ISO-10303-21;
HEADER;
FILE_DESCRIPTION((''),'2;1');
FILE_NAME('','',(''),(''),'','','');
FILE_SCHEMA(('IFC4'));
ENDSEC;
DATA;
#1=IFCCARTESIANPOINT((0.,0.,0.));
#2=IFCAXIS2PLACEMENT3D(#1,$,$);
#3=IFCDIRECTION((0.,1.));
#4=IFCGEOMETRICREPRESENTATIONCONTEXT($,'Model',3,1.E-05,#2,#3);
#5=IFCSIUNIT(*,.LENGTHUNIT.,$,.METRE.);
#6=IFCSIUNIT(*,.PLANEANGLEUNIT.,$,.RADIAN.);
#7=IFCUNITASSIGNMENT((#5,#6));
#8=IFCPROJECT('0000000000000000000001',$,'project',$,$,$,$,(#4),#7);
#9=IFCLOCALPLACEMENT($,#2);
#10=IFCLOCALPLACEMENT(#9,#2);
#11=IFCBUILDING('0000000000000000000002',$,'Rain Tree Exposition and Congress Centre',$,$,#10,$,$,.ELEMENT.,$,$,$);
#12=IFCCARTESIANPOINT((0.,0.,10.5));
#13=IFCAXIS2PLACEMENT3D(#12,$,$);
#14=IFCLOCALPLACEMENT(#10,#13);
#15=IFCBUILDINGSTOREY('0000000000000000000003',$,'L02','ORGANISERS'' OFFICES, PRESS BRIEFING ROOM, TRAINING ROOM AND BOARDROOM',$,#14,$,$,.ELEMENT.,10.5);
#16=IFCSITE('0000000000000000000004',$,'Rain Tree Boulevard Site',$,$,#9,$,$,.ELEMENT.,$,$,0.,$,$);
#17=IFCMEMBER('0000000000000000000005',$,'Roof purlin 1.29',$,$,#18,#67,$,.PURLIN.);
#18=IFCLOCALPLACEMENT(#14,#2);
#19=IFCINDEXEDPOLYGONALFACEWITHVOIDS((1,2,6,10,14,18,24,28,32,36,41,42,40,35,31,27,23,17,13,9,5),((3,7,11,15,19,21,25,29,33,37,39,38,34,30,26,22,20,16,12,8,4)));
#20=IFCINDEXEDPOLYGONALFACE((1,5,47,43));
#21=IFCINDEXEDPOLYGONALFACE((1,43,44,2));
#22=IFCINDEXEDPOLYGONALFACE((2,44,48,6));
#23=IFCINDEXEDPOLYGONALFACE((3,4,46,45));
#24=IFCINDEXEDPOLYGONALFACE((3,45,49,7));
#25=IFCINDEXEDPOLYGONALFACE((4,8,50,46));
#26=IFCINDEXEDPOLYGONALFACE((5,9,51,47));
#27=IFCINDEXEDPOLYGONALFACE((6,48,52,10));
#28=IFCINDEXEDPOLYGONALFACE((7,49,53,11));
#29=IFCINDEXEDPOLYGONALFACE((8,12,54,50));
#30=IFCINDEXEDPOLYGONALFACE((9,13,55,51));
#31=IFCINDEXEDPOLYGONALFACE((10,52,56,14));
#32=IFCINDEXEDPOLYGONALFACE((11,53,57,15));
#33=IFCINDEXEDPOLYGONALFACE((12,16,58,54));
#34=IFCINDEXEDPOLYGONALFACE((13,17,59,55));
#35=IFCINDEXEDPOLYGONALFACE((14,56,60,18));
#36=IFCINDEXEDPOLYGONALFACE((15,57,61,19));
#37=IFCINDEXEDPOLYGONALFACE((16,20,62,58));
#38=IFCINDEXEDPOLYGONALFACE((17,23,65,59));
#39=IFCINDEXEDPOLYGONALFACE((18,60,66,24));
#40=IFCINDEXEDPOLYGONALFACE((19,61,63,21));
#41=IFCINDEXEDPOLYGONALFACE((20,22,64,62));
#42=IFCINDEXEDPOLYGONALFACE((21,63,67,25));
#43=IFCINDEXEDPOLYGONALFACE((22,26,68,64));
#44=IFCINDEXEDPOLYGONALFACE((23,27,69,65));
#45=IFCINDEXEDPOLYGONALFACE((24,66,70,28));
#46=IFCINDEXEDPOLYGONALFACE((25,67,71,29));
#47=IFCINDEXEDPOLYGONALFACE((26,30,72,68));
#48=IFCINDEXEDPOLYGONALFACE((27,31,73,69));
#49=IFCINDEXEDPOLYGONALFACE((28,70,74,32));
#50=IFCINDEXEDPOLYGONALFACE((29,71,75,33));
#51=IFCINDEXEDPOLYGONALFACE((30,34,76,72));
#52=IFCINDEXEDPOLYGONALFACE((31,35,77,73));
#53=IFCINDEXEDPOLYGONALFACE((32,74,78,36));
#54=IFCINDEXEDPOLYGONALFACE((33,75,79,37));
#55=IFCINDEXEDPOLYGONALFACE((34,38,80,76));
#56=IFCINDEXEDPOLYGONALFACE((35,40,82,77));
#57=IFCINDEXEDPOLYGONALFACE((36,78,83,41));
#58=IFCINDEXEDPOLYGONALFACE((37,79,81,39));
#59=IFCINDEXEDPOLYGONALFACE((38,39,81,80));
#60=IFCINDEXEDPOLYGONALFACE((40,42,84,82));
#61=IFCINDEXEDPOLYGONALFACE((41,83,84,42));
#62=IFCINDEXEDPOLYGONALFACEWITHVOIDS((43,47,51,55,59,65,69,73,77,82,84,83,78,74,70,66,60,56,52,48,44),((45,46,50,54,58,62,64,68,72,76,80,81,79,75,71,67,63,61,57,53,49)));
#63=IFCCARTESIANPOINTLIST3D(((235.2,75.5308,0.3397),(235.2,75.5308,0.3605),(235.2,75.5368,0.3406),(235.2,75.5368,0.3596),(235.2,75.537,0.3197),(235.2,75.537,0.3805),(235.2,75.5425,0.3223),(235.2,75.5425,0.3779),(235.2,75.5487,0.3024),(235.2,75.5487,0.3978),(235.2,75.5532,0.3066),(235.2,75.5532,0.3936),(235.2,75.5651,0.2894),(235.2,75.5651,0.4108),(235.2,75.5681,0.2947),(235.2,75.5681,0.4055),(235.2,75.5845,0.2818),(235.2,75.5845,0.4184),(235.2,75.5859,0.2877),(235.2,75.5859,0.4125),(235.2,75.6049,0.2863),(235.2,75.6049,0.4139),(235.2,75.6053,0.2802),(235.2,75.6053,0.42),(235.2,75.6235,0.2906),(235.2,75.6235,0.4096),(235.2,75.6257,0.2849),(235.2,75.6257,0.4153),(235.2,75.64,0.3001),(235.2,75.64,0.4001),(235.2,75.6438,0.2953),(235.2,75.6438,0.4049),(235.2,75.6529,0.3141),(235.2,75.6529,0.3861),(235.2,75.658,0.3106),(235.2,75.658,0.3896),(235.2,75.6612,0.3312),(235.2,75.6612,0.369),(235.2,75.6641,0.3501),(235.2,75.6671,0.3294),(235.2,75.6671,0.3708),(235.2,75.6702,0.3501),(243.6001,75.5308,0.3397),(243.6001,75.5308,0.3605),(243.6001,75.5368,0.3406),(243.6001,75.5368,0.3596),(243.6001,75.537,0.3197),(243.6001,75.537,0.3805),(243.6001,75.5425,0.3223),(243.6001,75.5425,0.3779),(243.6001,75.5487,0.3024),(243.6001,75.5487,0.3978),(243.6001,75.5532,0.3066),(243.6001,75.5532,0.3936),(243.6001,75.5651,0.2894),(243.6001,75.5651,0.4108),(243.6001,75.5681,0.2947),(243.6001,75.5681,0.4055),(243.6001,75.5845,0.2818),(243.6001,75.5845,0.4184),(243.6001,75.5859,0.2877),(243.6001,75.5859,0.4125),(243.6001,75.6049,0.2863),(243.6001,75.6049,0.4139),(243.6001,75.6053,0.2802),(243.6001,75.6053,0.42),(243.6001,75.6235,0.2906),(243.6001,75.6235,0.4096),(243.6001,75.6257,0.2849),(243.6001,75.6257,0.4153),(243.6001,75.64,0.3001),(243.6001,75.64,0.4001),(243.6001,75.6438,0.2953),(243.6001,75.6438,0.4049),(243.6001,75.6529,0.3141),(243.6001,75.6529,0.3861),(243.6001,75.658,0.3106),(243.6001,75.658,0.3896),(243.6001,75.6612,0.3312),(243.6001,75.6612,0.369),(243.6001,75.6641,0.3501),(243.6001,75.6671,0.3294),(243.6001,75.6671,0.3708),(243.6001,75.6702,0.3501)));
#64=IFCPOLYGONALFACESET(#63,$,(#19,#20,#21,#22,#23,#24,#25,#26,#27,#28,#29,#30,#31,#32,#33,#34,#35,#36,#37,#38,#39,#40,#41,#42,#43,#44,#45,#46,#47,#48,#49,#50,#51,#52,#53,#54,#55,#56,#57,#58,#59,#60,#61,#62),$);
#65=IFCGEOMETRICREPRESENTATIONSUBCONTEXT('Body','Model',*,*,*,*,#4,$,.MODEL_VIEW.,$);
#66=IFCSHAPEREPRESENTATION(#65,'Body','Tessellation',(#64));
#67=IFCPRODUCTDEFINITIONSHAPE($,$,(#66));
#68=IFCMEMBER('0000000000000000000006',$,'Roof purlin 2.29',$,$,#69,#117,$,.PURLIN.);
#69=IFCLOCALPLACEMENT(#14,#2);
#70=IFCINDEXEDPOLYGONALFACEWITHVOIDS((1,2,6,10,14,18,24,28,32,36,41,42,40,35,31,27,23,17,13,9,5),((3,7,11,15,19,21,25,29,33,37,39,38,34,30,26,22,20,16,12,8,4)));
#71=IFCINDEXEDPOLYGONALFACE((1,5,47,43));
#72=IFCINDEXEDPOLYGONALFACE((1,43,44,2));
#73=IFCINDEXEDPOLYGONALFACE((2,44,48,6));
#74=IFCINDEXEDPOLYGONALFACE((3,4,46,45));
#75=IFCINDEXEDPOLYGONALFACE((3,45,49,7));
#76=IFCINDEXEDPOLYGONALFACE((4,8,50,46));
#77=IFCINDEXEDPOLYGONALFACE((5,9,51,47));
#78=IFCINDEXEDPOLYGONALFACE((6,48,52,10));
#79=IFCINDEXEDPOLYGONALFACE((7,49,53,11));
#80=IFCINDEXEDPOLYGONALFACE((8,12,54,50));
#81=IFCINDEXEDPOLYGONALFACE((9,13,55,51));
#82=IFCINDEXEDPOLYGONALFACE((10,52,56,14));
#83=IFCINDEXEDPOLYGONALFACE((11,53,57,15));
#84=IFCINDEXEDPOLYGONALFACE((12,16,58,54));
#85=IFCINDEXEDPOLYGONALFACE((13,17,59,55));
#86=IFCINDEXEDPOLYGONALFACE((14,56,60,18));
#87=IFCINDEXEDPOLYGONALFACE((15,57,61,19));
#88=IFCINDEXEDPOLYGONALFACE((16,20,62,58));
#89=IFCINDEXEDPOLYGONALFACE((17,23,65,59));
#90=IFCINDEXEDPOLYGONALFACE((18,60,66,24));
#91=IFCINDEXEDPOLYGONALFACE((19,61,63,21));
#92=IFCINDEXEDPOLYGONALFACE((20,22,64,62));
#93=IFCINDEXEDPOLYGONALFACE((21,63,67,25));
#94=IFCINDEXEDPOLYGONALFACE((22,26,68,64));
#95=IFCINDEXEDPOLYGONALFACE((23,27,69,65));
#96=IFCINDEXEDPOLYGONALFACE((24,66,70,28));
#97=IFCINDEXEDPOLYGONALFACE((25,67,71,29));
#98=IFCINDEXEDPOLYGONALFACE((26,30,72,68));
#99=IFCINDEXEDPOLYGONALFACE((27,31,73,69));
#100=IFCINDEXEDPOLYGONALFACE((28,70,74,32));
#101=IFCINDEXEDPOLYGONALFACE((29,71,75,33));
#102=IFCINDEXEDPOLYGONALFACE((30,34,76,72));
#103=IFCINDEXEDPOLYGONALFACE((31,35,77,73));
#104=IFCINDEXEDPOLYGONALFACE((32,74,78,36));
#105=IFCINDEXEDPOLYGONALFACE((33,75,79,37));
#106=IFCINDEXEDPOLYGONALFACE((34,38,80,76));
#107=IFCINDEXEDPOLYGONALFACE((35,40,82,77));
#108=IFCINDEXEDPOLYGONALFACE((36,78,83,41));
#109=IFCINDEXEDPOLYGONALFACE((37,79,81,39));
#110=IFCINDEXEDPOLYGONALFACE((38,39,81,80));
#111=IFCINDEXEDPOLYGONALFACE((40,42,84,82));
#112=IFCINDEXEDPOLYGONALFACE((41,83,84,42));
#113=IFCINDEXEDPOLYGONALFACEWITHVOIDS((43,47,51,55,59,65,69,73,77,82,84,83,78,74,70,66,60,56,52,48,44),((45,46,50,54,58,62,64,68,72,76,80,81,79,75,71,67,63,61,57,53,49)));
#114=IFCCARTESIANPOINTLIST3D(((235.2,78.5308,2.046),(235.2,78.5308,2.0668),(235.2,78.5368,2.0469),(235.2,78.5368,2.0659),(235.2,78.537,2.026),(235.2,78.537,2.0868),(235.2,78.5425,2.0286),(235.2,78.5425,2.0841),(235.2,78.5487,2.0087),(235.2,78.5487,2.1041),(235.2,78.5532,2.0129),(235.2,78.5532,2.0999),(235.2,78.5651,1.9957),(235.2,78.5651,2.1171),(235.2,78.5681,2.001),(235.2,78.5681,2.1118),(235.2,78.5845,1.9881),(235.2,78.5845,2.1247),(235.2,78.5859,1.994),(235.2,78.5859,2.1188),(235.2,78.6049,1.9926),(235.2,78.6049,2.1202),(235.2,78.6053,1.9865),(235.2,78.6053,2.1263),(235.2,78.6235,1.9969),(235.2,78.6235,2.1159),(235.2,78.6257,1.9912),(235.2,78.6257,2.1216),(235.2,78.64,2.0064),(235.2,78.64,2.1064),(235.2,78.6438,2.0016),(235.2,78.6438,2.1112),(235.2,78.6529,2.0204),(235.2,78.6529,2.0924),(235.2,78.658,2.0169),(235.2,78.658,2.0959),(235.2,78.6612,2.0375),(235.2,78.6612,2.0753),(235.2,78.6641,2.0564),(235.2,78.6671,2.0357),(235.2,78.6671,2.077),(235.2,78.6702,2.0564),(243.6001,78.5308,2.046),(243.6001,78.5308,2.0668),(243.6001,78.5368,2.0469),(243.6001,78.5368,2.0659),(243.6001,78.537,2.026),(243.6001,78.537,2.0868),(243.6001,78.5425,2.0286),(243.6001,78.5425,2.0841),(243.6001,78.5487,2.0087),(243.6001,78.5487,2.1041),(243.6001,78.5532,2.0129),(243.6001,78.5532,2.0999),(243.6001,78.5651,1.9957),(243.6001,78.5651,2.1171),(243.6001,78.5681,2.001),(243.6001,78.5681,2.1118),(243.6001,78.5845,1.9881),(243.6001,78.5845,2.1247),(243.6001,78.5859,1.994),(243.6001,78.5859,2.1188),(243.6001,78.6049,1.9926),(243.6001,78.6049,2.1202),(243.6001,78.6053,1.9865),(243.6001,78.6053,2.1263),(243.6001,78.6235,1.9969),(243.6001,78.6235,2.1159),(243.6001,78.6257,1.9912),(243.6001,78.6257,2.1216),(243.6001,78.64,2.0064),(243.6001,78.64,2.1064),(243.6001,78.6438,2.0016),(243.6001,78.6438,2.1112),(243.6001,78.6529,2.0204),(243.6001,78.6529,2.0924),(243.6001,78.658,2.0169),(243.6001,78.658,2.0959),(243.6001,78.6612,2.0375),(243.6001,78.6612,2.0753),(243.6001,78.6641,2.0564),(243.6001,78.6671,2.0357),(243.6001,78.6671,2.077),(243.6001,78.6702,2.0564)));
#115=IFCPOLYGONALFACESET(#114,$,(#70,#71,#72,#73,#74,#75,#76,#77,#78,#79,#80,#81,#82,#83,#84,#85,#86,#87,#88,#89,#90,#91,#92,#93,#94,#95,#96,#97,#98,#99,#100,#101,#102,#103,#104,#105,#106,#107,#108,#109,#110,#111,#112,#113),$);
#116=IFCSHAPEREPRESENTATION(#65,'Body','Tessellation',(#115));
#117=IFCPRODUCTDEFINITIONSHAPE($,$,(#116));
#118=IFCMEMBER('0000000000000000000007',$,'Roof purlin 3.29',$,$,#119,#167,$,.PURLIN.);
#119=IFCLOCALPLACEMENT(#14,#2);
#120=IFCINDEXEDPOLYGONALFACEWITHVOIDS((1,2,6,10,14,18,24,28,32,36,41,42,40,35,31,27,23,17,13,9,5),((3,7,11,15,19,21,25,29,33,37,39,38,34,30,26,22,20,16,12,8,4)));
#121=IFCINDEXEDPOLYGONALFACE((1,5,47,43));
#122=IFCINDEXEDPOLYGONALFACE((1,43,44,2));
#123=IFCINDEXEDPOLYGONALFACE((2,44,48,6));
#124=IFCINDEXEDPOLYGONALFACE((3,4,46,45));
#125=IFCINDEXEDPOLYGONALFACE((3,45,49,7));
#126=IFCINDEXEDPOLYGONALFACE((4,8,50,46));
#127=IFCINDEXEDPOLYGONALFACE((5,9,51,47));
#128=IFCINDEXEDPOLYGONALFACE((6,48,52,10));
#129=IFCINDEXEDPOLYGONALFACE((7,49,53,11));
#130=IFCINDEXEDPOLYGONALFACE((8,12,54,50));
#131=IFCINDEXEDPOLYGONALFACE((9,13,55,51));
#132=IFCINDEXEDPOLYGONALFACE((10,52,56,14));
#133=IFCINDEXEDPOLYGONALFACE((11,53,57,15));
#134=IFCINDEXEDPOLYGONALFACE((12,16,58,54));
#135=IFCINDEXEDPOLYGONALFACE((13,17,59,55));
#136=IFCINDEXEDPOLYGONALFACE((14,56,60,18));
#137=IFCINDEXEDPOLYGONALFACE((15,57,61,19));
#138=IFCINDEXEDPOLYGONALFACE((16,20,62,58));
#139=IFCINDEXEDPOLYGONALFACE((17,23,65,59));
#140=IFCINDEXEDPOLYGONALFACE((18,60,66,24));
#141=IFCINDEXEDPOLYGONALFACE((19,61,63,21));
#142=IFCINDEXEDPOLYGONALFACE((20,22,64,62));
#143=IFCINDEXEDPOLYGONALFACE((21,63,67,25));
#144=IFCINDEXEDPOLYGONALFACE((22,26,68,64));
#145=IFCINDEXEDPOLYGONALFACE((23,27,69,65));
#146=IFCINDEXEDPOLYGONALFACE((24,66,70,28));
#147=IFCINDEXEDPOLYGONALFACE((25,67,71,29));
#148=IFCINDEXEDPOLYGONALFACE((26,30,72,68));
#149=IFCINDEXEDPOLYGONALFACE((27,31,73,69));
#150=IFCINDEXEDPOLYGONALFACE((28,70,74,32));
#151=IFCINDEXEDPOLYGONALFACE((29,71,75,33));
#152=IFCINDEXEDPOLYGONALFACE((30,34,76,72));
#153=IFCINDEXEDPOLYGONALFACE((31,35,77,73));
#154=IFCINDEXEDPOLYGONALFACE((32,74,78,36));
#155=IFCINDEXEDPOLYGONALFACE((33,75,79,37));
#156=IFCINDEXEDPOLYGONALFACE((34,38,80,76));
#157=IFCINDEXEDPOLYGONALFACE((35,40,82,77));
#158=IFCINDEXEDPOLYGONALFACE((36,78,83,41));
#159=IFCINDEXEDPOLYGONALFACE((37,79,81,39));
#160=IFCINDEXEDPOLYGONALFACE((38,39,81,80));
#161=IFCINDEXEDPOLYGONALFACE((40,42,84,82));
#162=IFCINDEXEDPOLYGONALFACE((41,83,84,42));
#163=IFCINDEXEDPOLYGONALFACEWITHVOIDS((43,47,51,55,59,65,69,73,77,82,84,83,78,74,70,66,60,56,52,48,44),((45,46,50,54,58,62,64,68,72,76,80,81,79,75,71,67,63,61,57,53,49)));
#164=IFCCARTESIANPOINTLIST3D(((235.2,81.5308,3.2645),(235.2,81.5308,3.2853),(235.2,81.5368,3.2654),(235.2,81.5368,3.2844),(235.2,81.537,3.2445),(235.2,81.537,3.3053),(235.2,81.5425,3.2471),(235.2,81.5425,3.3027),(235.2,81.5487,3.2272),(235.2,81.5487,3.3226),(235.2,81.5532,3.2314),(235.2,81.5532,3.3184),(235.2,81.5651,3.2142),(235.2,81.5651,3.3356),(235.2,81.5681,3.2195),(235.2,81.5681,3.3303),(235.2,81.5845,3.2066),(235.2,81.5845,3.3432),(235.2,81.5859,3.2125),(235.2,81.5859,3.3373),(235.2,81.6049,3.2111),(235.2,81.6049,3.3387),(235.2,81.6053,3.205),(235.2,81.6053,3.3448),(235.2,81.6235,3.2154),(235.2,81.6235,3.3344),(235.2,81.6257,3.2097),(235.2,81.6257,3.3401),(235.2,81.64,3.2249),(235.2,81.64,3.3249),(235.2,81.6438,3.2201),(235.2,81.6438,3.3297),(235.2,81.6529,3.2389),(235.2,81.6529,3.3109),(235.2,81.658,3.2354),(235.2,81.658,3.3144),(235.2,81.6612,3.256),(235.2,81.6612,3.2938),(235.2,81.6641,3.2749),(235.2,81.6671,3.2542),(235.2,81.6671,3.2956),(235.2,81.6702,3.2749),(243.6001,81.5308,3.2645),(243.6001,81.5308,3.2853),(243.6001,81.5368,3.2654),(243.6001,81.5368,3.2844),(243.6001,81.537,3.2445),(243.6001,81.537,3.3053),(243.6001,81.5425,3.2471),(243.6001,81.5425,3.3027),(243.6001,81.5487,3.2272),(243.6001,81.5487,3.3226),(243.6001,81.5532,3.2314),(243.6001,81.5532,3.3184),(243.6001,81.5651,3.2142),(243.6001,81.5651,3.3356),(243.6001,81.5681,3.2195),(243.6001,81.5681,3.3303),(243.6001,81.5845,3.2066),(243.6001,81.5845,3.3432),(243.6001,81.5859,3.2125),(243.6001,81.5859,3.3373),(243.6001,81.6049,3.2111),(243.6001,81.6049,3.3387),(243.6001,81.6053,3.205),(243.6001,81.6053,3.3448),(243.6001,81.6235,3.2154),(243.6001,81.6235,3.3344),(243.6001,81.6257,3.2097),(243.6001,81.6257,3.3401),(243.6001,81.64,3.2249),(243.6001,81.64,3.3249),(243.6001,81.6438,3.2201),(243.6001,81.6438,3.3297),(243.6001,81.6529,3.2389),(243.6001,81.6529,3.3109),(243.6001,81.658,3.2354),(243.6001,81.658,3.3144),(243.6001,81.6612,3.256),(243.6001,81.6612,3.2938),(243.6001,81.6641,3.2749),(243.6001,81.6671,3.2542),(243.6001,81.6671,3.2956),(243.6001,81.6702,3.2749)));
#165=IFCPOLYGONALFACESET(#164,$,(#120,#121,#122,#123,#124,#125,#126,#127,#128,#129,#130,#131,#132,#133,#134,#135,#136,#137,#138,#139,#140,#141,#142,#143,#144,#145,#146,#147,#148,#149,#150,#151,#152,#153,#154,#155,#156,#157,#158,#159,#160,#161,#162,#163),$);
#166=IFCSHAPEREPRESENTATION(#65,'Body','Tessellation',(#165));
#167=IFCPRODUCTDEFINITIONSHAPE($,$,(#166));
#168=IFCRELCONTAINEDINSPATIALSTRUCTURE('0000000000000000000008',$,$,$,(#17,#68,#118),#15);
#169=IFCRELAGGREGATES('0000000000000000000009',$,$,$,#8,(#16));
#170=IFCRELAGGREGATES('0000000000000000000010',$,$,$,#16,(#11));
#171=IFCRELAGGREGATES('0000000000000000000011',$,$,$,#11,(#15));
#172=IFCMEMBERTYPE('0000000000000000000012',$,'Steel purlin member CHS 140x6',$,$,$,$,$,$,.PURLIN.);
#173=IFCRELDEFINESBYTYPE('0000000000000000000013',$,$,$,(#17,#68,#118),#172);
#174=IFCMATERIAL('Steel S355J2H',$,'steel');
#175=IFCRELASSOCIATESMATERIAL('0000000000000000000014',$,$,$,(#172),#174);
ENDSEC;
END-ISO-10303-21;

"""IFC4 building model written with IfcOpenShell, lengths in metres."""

from ifc_helpers import new_model, si_unit, direction, frame, origin, origin_2d, place, context, subcontext, project, spatial, hollow_circle, extrude, material, material_profile, profile_set, type_object, element, save


model = new_model("IFC4")

# Units and contexts
model_context = context("Model", 3, precision=1e-05, world=origin(), true_north=direction((0.0, 1.0)))
body_context = subcontext(model_context, "Body", "Model", "MODEL_VIEW")
ifc_project = project(units=[si_unit("LENGTHUNIT", "METRE"), si_unit("PLANEANGLEUNIT", "RADIAN")], contexts=[model_context])

# Site, building, storey
site_placement = place(None, origin())
site = spatial("IfcSite", under=ifc_project, at=site_placement, Name="Rain Tree Boulevard Site", CompositionType="ELEMENT", RefElevation=0.0)
building_placement = place(site_placement, origin())
building = spatial("IfcBuilding", under=site, at=building_placement, Name="Rain Tree Exposition and Congress Centre", CompositionType="ELEMENT")
storey_placement = place(building_placement, frame((0.0, 0.0, 10.5)))
storey = spatial("IfcBuildingStorey", under=building, at=storey_placement, Name="L02", Description="ORGANISERS' OFFICES, PRESS BRIEFING ROOM, TRAINING ROOM AND BOARDROOM", CompositionType="ELEMENT", Elevation=10.5)

# Members
ifc_material_1 = material(Name="Steel S355J2H", Category="steel")
ifc_material_profile_1 = material_profile(ifc_material_1, hollow_circle(Radius=0.0701, WallThickness=0.0061, at=origin_2d()), Name="CHS 140x6")
ifc_profile_set_1 = profile_set([ifc_material_profile_1], Name="Steel S355J2H")
member_type_1 = type_object("IfcMemberType", Name="Steel purlin member CHS 140x6", PredefinedType="PURLIN", material=ifc_profile_set_1)
for number, where, z_axis, x_axis, name in (
    (1, (235.2, 75.6001, 0.3501), (1.0, 0.0, 0.0), (0.0, 1.0, 0.0), "Roof purlin 1.29"),
    (2, (235.2, 78.6001, 2.0564), (1.0, 0.0, 0.0), (0.0, 1.0, 0.0), "Roof purlin 2.29"),
    (3, (235.2, 81.6001, 3.2749), (1.0, 0.0, 0.0), (0.0, 1.0, 0.0), "Roof purlin 3.29"),
):
    element("IfcMember", number, at=place(storey_placement, frame(where, z_axis=z_axis, x_axis=x_axis)), inside=storey, type_object=member_type_1, Name=name, PredefinedType="PURLIN", context=body_context, shape_type="SweptSolid", body=[
        extrude(hollow_circle(Radius=0.0701, WallThickness=0.0061, at=origin_2d()), origin(), (0.0, 0.0, 1.0), 8.4001),
    ])

save(model, "model.ifc")
